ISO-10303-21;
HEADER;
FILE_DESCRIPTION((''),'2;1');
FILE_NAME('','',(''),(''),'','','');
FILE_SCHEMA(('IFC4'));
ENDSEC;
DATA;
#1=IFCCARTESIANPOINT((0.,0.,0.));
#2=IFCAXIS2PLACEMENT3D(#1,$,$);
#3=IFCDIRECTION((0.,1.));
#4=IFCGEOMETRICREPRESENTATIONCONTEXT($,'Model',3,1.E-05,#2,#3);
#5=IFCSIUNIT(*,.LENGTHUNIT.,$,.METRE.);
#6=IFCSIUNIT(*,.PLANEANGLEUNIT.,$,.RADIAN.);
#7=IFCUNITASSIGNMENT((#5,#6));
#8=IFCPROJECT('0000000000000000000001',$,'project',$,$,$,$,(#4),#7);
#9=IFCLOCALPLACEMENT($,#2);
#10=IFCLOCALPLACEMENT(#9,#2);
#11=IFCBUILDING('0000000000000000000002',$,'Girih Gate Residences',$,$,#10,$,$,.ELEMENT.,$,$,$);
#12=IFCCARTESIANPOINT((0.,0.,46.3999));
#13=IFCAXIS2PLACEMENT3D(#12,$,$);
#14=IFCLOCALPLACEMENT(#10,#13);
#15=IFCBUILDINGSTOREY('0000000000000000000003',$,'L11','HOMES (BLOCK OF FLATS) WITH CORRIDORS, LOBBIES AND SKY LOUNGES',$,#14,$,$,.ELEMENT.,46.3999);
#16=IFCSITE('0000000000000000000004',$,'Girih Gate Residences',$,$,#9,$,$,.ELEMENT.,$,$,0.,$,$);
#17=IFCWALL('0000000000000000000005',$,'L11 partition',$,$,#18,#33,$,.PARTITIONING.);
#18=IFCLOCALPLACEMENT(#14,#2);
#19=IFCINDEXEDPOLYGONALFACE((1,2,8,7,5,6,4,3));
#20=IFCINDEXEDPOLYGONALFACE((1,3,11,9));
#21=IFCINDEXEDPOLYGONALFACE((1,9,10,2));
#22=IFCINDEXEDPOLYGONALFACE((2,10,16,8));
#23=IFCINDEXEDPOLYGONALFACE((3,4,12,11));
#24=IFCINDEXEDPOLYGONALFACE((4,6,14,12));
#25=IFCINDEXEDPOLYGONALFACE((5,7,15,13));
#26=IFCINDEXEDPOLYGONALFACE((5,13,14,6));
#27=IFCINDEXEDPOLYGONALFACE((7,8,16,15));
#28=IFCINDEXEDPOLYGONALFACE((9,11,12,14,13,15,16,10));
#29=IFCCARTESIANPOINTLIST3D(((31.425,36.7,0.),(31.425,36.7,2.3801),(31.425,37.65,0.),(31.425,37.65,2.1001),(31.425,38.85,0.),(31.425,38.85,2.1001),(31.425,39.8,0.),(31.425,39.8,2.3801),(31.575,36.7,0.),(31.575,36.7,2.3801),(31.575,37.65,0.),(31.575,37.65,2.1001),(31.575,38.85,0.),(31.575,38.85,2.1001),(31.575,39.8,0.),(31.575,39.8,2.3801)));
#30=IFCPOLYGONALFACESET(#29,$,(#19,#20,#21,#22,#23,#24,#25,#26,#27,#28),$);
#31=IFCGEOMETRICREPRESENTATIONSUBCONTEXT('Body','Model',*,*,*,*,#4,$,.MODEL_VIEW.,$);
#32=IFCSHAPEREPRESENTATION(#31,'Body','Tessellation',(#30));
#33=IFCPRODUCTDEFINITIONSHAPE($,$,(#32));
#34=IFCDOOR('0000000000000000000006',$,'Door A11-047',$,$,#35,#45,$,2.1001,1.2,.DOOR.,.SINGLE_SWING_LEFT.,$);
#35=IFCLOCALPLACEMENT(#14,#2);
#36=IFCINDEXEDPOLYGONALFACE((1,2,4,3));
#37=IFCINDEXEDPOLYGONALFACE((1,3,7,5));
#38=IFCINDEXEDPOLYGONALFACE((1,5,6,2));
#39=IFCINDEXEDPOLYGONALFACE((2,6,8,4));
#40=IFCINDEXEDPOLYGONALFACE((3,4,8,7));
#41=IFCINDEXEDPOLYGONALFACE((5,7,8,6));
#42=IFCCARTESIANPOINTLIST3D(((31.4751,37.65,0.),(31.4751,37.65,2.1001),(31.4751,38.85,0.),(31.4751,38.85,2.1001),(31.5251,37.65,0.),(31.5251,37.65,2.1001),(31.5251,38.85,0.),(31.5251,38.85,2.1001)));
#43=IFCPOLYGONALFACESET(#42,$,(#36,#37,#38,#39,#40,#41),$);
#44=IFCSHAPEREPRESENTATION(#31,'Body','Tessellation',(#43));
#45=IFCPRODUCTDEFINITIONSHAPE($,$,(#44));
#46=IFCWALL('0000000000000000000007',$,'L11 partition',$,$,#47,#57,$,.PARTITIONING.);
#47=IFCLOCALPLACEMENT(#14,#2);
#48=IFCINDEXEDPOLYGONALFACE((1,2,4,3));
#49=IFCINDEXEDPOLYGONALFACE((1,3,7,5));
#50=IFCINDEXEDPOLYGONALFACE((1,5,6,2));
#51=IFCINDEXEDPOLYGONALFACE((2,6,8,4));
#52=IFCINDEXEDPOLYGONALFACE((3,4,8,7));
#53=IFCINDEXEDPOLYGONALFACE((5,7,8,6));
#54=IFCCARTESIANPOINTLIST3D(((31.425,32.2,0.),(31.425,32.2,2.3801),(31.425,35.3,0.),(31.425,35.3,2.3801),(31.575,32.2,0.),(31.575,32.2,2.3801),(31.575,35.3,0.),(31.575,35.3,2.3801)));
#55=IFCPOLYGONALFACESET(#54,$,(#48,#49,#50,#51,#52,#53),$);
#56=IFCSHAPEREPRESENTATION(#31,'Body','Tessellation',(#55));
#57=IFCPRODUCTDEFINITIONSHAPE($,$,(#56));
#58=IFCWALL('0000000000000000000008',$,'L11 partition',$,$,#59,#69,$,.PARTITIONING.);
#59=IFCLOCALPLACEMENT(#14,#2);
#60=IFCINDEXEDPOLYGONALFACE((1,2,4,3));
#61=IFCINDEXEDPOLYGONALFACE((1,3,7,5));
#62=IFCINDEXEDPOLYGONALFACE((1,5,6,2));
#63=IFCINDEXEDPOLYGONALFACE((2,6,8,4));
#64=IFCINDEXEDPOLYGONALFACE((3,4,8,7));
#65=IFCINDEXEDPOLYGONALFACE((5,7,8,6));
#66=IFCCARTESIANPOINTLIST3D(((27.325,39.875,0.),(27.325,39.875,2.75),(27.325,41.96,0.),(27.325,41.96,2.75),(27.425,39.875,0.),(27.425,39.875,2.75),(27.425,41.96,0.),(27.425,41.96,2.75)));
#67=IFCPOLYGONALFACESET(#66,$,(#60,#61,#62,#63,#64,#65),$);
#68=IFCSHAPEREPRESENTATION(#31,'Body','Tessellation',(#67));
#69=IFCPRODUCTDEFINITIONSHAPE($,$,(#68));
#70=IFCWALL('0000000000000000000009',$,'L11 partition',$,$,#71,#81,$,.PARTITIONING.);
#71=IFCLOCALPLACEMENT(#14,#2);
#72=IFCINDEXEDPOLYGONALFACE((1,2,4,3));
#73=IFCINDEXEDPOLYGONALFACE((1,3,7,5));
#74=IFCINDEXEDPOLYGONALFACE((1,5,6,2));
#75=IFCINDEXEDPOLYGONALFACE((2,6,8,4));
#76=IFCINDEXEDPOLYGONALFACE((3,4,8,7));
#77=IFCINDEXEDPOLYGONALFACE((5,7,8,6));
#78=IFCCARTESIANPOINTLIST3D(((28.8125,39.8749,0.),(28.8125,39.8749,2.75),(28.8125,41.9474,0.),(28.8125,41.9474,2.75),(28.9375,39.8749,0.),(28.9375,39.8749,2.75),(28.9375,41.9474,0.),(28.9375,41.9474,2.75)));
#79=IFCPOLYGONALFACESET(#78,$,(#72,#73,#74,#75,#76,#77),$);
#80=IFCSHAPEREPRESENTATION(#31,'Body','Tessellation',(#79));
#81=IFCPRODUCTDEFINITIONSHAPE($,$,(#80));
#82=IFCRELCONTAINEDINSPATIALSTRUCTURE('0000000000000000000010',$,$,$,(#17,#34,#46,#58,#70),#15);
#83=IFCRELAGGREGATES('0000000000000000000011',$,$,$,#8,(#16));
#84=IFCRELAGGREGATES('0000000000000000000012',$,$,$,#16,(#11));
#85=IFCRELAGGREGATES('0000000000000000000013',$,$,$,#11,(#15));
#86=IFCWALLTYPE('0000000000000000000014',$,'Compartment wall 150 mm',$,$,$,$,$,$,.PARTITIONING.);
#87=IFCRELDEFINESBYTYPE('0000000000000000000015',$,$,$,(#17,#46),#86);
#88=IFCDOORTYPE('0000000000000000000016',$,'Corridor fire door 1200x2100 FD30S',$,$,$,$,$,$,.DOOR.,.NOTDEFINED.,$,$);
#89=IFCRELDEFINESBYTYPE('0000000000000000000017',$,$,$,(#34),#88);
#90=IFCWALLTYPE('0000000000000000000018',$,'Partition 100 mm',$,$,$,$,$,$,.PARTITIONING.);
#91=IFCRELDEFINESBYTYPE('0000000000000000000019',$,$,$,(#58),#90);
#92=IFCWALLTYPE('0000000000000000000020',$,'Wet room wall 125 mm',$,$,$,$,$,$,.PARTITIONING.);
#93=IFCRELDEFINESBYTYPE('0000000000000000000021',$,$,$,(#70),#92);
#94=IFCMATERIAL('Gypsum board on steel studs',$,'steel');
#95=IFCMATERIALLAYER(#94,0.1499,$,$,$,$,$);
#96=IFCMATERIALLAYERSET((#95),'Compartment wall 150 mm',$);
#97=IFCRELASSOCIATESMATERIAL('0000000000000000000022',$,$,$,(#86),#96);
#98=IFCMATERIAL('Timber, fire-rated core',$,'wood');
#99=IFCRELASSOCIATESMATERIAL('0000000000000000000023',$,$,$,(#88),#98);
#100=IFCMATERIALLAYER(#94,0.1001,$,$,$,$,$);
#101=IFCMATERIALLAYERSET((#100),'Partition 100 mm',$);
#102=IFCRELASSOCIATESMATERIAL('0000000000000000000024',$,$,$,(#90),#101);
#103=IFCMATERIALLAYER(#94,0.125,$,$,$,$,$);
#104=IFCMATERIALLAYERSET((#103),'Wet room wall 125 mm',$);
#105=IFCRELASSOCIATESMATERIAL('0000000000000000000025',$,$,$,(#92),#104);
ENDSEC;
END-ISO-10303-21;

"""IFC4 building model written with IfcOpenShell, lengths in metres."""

from ifc_helpers import new_model, si_unit, direction, frame, frame_2d, origin, place, context, subcontext, project, spatial, rectangle, extrude, material, layer, layer_set, type_object, element, fill, save


model = new_model("IFC4")

# Units and contexts
model_context = context("Model", 3, precision=1e-05, world=origin(), true_north=direction((0.0, 1.0)))
body_context = subcontext(model_context, "Body", "Model", "MODEL_VIEW")
ifc_project = project(units=[si_unit("LENGTHUNIT", "METRE"), si_unit("PLANEANGLEUNIT", "RADIAN")], contexts=[model_context])

# Site, building, storey
site_placement = place(None, origin())
site = spatial("IfcSite", under=ifc_project, at=site_placement, Name="Girih Gate Residences", CompositionType="ELEMENT", RefElevation=0.0)
building_placement = place(site_placement, origin())
building = spatial("IfcBuilding", under=site, at=building_placement, Name="Girih Gate Residences", CompositionType="ELEMENT")
storey_placement = place(building_placement, frame((0.0, 0.0, 46.3999)))
storey = spatial("IfcBuildingStorey", under=building, at=storey_placement, Name="L11", Description="HOMES (BLOCK OF FLATS) WITH CORRIDORS, LOBBIES AND SKY LOUNGES", CompositionType="ELEMENT", Elevation=46.3999)

# Shared definitions
ifc_material_1 = material(Name="Gypsum board on steel studs", Category="steel")
ifc_layer_1 = layer(ifc_material_1, 0.1499)
ifc_layer_set_1 = layer_set([ifc_layer_1], Name="Compartment wall 150 mm")
wall_type_1 = type_object("IfcWallType", Name="Compartment wall 150 mm", PredefinedType="PARTITIONING", material=ifc_layer_set_1)

# Wall, opening, door
ifc_material_2 = material(Name="Timber, fire-rated core", Category="wood")
wall_1_placement = place(storey_placement, frame((31.5, 36.7, 0.0), z_axis=(0.0, 0.0, 1.0), x_axis=(0.0, 1.0, 0.0)))
wall_1 = element("IfcWall", 1, at=wall_1_placement, inside=storey, type_object=wall_type_1, Name="L11 partition", PredefinedType="PARTITIONING", context=body_context, shape_type="SweptSolid", body=[
    extrude(rectangle(XDim=3.1001, YDim=0.1499, at=frame_2d((1.55, 0.0))), origin(), (0.0, 0.0, 1.0), 2.3801),
])
opening_1_placement = place(wall_1_placement, frame((0.95, 0.0, 0.0)))
opening_1 = element("IfcOpeningElement", 2, at=opening_1_placement, cuts=wall_1, PredefinedType="OPENING", context=body_context, shape_type="SweptSolid", body=[
    extrude(rectangle(XDim=1.2, YDim=2.1001, at=frame_2d((0.6001, 1.05))), frame((0.0, 0.085, 0.0), z_axis=(0.0, -1.0, 0.0), x_axis=(1.0, 0.0, 0.0)), (0.0, 0.0, 1.0), 0.1699),
])
door_type_1 = type_object("IfcDoorType", Name="Corridor fire door 1200x2100 FD30S", OperationType="NOTDEFINED", PredefinedType="DOOR", material=ifc_material_2)
door_1_placement = place(opening_1_placement, origin())
door_1 = element("IfcDoor", 3, at=door_1_placement, inside=storey, type_object=door_type_1, Name="Door A11-047", OperationType="SINGLE_SWING_LEFT", OverallHeight=2.1001, OverallWidth=1.2, PredefinedType="DOOR", context=body_context, shape_type="SweptSolid", body=[
    extrude(rectangle(XDim=1.2, YDim=2.1001, at=frame_2d((0.6001, 1.05))), frame((0.0, 0.0249, 0.0), z_axis=(0.0, -1.0, 0.0), x_axis=(1.0, 0.0, 0.0)), (0.0, 0.0, 1.0), 0.05),
])
fill(opening_1, door_1)

# Walls
wall_2_placement = place(storey_placement, frame((31.5, 32.2, 0.0), z_axis=(0.0, 0.0, 1.0), x_axis=(0.0, 1.0, 0.0)))
element("IfcWall", 4, at=wall_2_placement, inside=storey, type_object=wall_type_1, Name="L11 partition", PredefinedType="PARTITIONING", context=body_context, shape_type="SweptSolid", body=[
    extrude(rectangle(XDim=3.1001, YDim=0.1499, at=frame_2d((1.55, 0.0))), origin(), (0.0, 0.0, 1.0), 2.3801),
])
ifc_layer_2 = layer(ifc_material_1, 0.1001)
ifc_layer_set_2 = layer_set([ifc_layer_2], Name="Partition 100 mm")
wall_type_2 = type_object("IfcWallType", Name="Partition 100 mm", PredefinedType="PARTITIONING", material=ifc_layer_set_2)
wall_3_placement = place(storey_placement, frame((27.375, 39.875, 0.0), z_axis=(0.0, 0.0, 1.0), x_axis=(0.0, 1.0, 0.0)))
element("IfcWall", 5, at=wall_3_placement, inside=storey, type_object=wall_type_2, Name="L11 partition", PredefinedType="PARTITIONING", context=body_context, shape_type="SweptSolid", body=[
    extrude(rectangle(XDim=2.085, YDim=0.1001, at=frame_2d((1.0425, 0.0))), origin(), (0.0, 0.0, 1.0), 2.75),
])
ifc_layer_3 = layer(ifc_material_1, 0.125)
ifc_layer_set_3 = layer_set([ifc_layer_3], Name="Wet room wall 125 mm")
wall_type_3 = type_object("IfcWallType", Name="Wet room wall 125 mm", PredefinedType="PARTITIONING", material=ifc_layer_set_3)
wall_4_placement = place(storey_placement, frame((28.875, 39.875, 0.0), z_axis=(0.0, 0.0, 1.0), x_axis=(0.0, 1.0, 0.0)))
element("IfcWall", 6, at=wall_4_placement, inside=storey, type_object=wall_type_3, Name="L11 partition", PredefinedType="PARTITIONING", context=body_context, shape_type="SweptSolid", body=[
    extrude(rectangle(XDim=2.0725, YDim=0.125, at=frame_2d((1.0361, 0.0))), origin(), (0.0, 0.0, 1.0), 2.75),
])

save(model, "model.ifc")
